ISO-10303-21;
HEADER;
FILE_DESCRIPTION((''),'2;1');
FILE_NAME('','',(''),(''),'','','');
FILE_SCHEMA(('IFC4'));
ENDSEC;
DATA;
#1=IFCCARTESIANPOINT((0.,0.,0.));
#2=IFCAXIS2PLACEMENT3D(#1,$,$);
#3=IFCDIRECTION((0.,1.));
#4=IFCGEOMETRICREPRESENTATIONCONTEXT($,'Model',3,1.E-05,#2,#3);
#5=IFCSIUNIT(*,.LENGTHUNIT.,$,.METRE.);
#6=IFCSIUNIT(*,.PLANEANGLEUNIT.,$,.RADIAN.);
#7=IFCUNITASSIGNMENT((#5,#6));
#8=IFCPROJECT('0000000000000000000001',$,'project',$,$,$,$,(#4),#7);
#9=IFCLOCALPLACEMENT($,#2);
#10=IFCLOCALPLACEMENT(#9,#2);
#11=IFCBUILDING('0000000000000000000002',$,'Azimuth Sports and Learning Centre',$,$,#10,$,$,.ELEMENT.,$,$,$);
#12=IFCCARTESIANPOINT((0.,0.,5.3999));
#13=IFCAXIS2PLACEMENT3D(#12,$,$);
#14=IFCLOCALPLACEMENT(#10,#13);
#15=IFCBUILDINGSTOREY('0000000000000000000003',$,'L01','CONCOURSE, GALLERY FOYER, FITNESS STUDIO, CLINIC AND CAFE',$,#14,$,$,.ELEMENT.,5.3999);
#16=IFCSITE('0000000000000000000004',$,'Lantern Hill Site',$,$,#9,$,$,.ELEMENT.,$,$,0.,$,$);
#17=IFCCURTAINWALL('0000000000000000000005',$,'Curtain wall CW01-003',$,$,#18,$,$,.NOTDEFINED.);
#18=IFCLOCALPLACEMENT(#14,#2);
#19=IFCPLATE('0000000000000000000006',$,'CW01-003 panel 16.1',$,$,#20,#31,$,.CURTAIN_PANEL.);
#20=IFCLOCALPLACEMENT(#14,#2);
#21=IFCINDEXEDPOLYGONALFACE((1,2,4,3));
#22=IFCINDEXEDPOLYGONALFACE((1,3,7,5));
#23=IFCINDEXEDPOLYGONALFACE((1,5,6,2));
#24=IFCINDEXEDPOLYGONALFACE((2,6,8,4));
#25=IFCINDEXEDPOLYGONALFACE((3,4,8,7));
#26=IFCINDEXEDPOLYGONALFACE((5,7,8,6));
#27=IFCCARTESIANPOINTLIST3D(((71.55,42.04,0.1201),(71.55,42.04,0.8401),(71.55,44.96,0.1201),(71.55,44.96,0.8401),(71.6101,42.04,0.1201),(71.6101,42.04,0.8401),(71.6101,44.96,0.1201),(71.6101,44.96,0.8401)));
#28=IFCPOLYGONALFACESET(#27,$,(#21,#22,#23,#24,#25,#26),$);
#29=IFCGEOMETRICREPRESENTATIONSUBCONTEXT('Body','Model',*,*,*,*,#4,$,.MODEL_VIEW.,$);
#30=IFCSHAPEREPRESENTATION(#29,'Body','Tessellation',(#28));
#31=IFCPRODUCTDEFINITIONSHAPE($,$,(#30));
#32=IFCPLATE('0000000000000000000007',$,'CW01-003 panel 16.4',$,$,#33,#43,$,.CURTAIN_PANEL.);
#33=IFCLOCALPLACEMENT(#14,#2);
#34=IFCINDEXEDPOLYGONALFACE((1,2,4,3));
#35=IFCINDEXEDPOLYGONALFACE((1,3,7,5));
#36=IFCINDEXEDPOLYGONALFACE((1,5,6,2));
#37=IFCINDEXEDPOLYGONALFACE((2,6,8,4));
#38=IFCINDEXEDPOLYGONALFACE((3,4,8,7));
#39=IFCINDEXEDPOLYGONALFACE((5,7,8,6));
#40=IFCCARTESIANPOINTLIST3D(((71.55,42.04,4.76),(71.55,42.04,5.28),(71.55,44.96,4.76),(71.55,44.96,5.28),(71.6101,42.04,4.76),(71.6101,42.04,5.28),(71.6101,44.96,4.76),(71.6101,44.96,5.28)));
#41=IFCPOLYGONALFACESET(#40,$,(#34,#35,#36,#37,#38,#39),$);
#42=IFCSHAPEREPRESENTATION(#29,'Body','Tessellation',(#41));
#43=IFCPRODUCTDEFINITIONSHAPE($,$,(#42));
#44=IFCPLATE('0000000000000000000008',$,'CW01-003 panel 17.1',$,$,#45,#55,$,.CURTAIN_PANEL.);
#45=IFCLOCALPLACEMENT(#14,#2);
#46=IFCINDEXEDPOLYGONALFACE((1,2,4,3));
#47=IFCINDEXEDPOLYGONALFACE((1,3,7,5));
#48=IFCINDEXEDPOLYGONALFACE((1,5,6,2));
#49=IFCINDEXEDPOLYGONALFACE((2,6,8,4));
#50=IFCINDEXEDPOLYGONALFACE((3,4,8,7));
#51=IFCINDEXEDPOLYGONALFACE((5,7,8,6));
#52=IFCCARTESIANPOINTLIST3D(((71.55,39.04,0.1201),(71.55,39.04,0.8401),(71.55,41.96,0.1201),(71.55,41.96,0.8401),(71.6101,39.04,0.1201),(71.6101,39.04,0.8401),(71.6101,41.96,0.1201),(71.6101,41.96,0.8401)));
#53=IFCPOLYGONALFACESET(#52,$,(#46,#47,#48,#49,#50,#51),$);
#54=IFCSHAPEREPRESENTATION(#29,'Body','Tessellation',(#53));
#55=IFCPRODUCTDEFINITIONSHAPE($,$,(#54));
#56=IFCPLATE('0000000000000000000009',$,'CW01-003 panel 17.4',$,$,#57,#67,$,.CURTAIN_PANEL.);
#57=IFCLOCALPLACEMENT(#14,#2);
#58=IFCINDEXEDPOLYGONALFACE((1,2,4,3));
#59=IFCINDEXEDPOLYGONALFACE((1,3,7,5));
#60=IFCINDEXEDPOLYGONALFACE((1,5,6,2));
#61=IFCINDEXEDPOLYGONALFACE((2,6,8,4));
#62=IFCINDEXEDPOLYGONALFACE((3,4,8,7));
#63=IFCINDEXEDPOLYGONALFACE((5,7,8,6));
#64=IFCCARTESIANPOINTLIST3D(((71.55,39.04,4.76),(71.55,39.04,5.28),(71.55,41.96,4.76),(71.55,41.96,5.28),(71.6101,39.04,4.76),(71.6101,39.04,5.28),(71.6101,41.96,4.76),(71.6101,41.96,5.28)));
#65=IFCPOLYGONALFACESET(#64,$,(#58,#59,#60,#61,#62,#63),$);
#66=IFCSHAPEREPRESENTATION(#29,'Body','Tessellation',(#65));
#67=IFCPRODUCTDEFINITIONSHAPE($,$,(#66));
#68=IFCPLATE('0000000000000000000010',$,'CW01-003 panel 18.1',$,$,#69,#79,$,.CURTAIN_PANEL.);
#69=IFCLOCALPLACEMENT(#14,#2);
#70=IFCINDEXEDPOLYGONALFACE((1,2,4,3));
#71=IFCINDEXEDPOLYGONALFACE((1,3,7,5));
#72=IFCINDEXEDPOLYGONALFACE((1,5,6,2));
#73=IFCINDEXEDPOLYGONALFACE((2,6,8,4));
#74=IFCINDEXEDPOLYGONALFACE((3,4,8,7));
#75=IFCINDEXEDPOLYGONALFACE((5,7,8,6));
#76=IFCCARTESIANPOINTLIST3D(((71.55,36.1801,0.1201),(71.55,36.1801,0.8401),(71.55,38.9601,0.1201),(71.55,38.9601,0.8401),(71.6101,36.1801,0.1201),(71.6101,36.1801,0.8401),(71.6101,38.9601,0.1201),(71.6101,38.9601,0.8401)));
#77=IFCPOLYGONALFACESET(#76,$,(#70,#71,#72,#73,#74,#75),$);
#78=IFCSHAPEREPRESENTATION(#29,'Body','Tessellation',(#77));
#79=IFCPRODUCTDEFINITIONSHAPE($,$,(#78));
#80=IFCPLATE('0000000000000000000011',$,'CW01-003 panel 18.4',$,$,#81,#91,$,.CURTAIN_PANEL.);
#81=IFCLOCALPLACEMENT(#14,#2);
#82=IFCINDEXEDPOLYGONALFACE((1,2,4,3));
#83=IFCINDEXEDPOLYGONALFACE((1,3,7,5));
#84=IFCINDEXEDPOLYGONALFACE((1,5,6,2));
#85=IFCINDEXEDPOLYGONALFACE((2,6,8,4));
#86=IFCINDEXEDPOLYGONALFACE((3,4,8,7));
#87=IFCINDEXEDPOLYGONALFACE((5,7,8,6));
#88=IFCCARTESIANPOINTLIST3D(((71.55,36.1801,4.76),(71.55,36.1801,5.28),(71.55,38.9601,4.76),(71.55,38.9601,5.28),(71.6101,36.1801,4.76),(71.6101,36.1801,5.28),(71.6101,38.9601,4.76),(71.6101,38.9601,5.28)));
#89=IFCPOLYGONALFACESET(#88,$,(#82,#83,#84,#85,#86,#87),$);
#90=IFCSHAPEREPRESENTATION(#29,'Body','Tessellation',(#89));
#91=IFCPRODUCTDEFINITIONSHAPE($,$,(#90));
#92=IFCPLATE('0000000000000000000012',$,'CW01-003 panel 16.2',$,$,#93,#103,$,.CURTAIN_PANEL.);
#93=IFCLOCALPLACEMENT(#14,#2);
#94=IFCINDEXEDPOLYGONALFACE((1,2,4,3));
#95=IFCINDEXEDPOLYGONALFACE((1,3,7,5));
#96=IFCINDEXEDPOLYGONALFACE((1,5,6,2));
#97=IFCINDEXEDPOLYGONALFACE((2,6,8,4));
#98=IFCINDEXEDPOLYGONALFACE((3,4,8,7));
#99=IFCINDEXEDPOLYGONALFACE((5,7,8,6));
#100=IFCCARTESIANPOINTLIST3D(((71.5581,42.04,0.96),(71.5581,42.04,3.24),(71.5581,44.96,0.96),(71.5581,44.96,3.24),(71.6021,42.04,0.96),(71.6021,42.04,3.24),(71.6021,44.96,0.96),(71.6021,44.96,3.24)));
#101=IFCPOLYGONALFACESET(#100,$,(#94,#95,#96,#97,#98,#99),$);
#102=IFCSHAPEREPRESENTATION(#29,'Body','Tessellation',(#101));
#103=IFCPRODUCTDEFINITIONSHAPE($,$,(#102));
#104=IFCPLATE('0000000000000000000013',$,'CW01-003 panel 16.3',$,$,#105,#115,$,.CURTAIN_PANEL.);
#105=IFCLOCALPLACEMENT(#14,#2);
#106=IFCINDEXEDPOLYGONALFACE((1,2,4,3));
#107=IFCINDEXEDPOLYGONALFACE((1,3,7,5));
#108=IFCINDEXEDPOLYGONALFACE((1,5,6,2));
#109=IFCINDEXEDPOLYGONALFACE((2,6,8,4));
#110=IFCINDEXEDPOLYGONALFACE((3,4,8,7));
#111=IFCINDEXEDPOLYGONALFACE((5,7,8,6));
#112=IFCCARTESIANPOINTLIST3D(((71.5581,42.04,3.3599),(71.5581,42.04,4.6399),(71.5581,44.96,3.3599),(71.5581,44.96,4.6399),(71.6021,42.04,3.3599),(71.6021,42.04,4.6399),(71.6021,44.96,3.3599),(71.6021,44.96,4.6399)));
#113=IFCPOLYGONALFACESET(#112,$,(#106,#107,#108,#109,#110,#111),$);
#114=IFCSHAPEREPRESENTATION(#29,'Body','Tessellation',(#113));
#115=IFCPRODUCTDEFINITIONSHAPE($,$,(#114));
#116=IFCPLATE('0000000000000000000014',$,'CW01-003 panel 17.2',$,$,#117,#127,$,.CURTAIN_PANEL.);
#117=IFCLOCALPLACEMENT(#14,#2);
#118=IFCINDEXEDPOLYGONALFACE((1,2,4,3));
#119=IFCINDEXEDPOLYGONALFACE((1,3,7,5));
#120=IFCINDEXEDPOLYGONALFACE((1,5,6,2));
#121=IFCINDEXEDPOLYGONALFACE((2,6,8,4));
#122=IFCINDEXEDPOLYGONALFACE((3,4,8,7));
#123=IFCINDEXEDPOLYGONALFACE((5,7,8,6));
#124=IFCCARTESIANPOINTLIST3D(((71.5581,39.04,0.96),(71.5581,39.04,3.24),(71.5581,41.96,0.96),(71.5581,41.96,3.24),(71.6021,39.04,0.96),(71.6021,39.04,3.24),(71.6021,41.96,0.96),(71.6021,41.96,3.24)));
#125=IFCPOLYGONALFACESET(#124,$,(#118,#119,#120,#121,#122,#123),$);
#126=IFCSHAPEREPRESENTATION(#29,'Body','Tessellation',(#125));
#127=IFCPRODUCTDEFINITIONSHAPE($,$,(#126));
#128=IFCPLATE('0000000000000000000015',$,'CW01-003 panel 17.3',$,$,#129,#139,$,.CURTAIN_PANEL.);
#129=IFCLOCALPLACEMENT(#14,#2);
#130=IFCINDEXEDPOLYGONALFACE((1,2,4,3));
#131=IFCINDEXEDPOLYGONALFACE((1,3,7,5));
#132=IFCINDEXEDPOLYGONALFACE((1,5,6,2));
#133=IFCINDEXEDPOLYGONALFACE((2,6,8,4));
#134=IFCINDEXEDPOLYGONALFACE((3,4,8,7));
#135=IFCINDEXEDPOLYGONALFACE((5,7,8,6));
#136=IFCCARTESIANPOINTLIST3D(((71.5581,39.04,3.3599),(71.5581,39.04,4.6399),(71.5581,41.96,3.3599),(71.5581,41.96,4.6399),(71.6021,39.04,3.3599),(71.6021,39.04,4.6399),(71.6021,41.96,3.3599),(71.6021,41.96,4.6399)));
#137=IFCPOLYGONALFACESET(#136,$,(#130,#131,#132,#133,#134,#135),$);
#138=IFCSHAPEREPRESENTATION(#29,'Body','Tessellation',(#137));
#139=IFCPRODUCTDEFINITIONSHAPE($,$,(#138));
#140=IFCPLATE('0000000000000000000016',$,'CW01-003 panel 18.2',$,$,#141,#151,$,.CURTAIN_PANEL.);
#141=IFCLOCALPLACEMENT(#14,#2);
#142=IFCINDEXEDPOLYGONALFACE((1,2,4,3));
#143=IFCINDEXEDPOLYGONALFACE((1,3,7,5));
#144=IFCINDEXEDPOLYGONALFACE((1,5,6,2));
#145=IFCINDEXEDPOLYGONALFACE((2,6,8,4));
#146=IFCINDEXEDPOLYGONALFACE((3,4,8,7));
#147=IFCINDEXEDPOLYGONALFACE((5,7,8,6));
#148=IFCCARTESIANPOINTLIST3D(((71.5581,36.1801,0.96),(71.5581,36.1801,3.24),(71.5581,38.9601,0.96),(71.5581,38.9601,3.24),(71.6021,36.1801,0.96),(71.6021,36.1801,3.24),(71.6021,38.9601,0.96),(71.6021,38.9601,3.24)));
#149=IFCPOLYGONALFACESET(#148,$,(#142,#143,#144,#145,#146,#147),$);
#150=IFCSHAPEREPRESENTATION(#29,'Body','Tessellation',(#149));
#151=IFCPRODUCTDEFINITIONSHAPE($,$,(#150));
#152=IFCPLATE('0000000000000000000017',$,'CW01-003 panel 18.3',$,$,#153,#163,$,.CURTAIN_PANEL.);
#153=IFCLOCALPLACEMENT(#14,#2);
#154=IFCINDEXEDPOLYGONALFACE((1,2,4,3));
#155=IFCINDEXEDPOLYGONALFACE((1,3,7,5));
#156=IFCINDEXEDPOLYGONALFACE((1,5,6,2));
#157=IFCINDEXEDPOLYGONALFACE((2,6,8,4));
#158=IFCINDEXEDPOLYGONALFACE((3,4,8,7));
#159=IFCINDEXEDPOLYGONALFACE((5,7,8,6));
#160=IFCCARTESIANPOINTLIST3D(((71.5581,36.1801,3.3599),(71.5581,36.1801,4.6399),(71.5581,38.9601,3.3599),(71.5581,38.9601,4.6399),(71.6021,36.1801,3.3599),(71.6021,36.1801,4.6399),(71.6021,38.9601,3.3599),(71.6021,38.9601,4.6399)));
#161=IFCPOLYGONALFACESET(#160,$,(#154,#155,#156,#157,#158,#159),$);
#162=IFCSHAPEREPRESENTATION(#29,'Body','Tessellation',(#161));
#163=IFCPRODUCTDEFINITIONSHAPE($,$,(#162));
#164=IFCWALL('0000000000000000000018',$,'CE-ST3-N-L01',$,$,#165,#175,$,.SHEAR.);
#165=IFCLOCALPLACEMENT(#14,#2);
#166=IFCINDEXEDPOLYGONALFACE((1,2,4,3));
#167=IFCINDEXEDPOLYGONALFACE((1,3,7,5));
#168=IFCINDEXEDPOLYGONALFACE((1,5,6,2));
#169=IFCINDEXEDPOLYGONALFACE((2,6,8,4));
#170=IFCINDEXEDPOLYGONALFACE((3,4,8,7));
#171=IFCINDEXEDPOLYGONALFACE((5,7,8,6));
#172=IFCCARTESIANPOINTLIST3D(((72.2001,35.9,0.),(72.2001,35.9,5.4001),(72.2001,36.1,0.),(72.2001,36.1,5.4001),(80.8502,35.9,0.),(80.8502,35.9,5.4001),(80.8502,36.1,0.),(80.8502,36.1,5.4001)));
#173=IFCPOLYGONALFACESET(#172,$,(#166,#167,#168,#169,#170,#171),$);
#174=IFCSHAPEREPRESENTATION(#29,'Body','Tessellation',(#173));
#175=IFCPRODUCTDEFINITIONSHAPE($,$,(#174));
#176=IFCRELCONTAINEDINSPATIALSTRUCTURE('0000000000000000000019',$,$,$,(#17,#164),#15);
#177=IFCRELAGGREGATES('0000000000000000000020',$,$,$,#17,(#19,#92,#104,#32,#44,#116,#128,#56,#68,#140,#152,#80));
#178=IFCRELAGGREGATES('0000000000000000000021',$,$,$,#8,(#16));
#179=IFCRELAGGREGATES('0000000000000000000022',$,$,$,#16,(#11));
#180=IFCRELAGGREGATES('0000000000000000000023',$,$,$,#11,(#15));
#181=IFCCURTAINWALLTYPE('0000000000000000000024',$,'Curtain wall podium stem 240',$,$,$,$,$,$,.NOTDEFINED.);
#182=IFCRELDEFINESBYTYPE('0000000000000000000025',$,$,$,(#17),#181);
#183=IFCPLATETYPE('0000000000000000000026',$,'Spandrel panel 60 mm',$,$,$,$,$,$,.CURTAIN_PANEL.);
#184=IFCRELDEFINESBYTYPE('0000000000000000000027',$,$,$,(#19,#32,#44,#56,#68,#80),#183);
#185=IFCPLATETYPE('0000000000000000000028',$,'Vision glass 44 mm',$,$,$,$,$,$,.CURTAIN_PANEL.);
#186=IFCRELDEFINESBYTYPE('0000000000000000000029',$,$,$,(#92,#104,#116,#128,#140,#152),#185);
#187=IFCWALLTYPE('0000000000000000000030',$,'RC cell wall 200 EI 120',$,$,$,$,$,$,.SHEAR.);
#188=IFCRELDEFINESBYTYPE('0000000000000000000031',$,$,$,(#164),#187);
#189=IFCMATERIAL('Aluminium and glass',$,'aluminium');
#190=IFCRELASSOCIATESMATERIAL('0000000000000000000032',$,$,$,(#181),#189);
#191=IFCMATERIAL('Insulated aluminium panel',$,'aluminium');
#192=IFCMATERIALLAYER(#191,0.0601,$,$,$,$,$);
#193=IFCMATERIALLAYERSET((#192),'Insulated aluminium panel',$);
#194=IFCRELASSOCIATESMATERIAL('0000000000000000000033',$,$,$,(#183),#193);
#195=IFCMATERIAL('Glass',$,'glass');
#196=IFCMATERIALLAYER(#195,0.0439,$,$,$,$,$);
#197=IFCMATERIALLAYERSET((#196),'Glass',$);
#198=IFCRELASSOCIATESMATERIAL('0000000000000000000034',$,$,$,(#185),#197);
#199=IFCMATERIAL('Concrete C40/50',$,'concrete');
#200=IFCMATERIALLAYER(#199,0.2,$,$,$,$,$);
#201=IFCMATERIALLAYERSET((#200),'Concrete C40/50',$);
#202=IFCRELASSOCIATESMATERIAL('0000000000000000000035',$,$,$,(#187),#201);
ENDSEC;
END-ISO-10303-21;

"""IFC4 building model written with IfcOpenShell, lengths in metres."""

from ifc_helpers import new_model, si_unit, direction, frame, frame_2d, origin, origin_2d, place, context, subcontext, project, spatial, rectangle, extrude, material, layer, layer_set, type_object, element, aggregate, save


model = new_model("IFC4")

# Units and contexts
model_context = context("Model", 3, precision=1e-05, world=origin(), true_north=direction((0.0, 1.0)))
body_context = subcontext(model_context, "Body", "Model", "MODEL_VIEW")
ifc_project = project(units=[si_unit("LENGTHUNIT", "METRE"), si_unit("PLANEANGLEUNIT", "RADIAN")], contexts=[model_context])

# Site, building, storey
site_placement = place(None, origin())
site = spatial("IfcSite", under=ifc_project, at=site_placement, Name="Lantern Hill Site", CompositionType="ELEMENT", RefElevation=0.0)
building_placement = place(site_placement, origin())
building = spatial("IfcBuilding", under=site, at=building_placement, Name="Azimuth Sports and Learning Centre", CompositionType="ELEMENT")
storey_placement = place(building_placement, frame((0.0, 0.0, 5.3999)))
storey = spatial("IfcBuildingStorey", under=building, at=storey_placement, Name="L01", Description="CONCOURSE, GALLERY FOYER, FITNESS STUDIO, CLINIC AND CAFE", CompositionType="ELEMENT", Elevation=5.3999)

# Curtain wall, plates
ifc_material_1 = material(Name="Aluminium and glass", Category="aluminium")
curtain_wall_type = type_object("IfcCurtainWallType", Name="Curtain wall podium stem 240", PredefinedType="NOTDEFINED", material=ifc_material_1)
curtain_wall_placement = place(storey_placement, origin())
curtain_wall = element("IfcCurtainWall", 1, at=curtain_wall_placement, inside=storey, type_object=curtain_wall_type, Name="Curtain wall CW01-003", PredefinedType="NOTDEFINED")
ifc_material_2 = material(Name="Insulated aluminium panel", Category="aluminium")
ifc_layer_1 = layer(ifc_material_2, 0.0601)
ifc_layer_set_1 = layer_set([ifc_layer_1], Name="Insulated aluminium panel")
plate_type_1 = type_object("IfcPlateType", Name="Spandrel panel 60 mm", PredefinedType="CURTAIN_PANEL", material=ifc_layer_set_1)
plate_1_placement = place(storey_placement, frame((71.5801, 43.5, 0.1201), z_axis=(0.0, 0.0, 1.0), x_axis=(0.0, -1.0, 0.0)))
plate_1 = element("IfcPlate", 2, at=plate_1_placement, type_object=plate_type_1, Name="CW01-003 panel 16.1", PredefinedType="CURTAIN_PANEL", context=body_context, shape_type="SweptSolid", body=[
    extrude(rectangle(XDim=2.9199, YDim=0.0601, at=origin_2d()), origin(), (0.0, 0.0, 1.0), 0.72),
])
plate_2_placement = place(storey_placement, frame((71.5801, 43.5, 4.76), z_axis=(0.0, 0.0, 1.0), x_axis=(0.0, -1.0, 0.0)))
plate_2 = element("IfcPlate", 3, at=plate_2_placement, type_object=plate_type_1, Name="CW01-003 panel 16.4", PredefinedType="CURTAIN_PANEL", context=body_context, shape_type="SweptSolid", body=[
    extrude(rectangle(XDim=2.9199, YDim=0.0601, at=origin_2d()), origin(), (0.0, 0.0, 1.0), 0.52),
])
plate_3_placement = place(storey_placement, frame((71.5801, 40.5, 0.1201), z_axis=(0.0, 0.0, 1.0), x_axis=(0.0, -1.0, 0.0)))
plate_3 = element("IfcPlate", 4, at=plate_3_placement, type_object=plate_type_1, Name="CW01-003 panel 17.1", PredefinedType="CURTAIN_PANEL", context=body_context, shape_type="SweptSolid", body=[
    extrude(rectangle(XDim=2.9199, YDim=0.0601, at=origin_2d()), origin(), (0.0, 0.0, 1.0), 0.72),
])
plate_4_placement = place(storey_placement, frame((71.5801, 40.5, 4.76), z_axis=(0.0, 0.0, 1.0), x_axis=(0.0, -1.0, 0.0)))
plate_4 = element("IfcPlate", 5, at=plate_4_placement, type_object=plate_type_1, Name="CW01-003 panel 17.4", PredefinedType="CURTAIN_PANEL", context=body_context, shape_type="SweptSolid", body=[
    extrude(rectangle(XDim=2.9199, YDim=0.0601, at=origin_2d()), origin(), (0.0, 0.0, 1.0), 0.52),
])
plate_5_placement = place(storey_placement, frame((71.5801, 37.5701, 0.1201), z_axis=(0.0, 0.0, 1.0), x_axis=(0.0, -1.0, 0.0)))
plate_5 = element("IfcPlate", 6, at=plate_5_placement, type_object=plate_type_1, Name="CW01-003 panel 18.1", PredefinedType="CURTAIN_PANEL", context=body_context, shape_type="SweptSolid", body=[
    extrude(rectangle(XDim=2.78, YDim=0.0601, at=origin_2d()), origin(), (0.0, 0.0, 1.0), 0.72),
])
plate_6_placement = place(storey_placement, frame((71.5801, 37.5701, 4.76), z_axis=(0.0, 0.0, 1.0), x_axis=(0.0, -1.0, 0.0)))
plate_6 = element("IfcPlate", 7, at=plate_6_placement, type_object=plate_type_1, Name="CW01-003 panel 18.4", PredefinedType="CURTAIN_PANEL", context=body_context, shape_type="SweptSolid", body=[
    extrude(rectangle(XDim=2.78, YDim=0.0601, at=origin_2d()), origin(), (0.0, 0.0, 1.0), 0.52),
])
ifc_material_3 = material(Name="Glass", Category="glass")
ifc_layer_2 = layer(ifc_material_3, 0.0439)
ifc_layer_set_2 = layer_set([ifc_layer_2], Name="Glass")
plate_type_2 = type_object("IfcPlateType", Name="Vision glass 44 mm", PredefinedType="CURTAIN_PANEL", material=ifc_layer_set_2)
plate_7_placement = place(storey_placement, frame((71.5801, 43.5, 0.96), z_axis=(0.0, 0.0, 1.0), x_axis=(0.0, -1.0, 0.0)))
plate_7 = element("IfcPlate", 8, at=plate_7_placement, type_object=plate_type_2, Name="CW01-003 panel 16.2", PredefinedType="CURTAIN_PANEL", context=body_context, shape_type="SweptSolid", body=[
    extrude(rectangle(XDim=2.9199, YDim=0.0439, at=origin_2d()), origin(), (0.0, 0.0, 1.0), 2.28),
])
plate_8_placement = place(storey_placement, frame((71.5801, 43.5, 3.3599), z_axis=(0.0, 0.0, 1.0), x_axis=(0.0, -1.0, 0.0)))
plate_8 = element("IfcPlate", 9, at=plate_8_placement, type_object=plate_type_2, Name="CW01-003 panel 16.3", PredefinedType="CURTAIN_PANEL", context=body_context, shape_type="SweptSolid", body=[
    extrude(rectangle(XDim=2.9199, YDim=0.0439, at=origin_2d()), origin(), (0.0, 0.0, 1.0), 1.28),
])
plate_9_placement = place(storey_placement, frame((71.5801, 40.5, 0.96), z_axis=(0.0, 0.0, 1.0), x_axis=(0.0, -1.0, 0.0)))
plate_9 = element("IfcPlate", 10, at=plate_9_placement, type_object=plate_type_2, Name="CW01-003 panel 17.2", PredefinedType="CURTAIN_PANEL", context=body_context, shape_type="SweptSolid", body=[
    extrude(rectangle(XDim=2.9199, YDim=0.0439, at=origin_2d()), origin(), (0.0, 0.0, 1.0), 2.28),
])
plate_10_placement = place(storey_placement, frame((71.5801, 40.5, 3.3599), z_axis=(0.0, 0.0, 1.0), x_axis=(0.0, -1.0, 0.0)))
plate_10 = element("IfcPlate", 11, at=plate_10_placement, type_object=plate_type_2, Name="CW01-003 panel 17.3", PredefinedType="CURTAIN_PANEL", context=body_context, shape_type="SweptSolid", body=[
    extrude(rectangle(XDim=2.9199, YDim=0.0439, at=origin_2d()), origin(), (0.0, 0.0, 1.0), 1.28),
])
plate_11_placement = place(storey_placement, frame((71.5801, 37.5701, 0.96), z_axis=(0.0, 0.0, 1.0), x_axis=(0.0, -1.0, 0.0)))
plate_11 = element("IfcPlate", 12, at=plate_11_placement, type_object=plate_type_2, Name="CW01-003 panel 18.2", PredefinedType="CURTAIN_PANEL", context=body_context, shape_type="SweptSolid", body=[
    extrude(rectangle(XDim=2.78, YDim=0.0439, at=origin_2d()), origin(), (0.0, 0.0, 1.0), 2.28),
])
plate_12_placement = place(storey_placement, frame((71.5801, 37.5701, 3.3599), z_axis=(0.0, 0.0, 1.0), x_axis=(0.0, -1.0, 0.0)))
plate_12 = element("IfcPlate", 13, at=plate_12_placement, type_object=plate_type_2, Name="CW01-003 panel 18.3", PredefinedType="CURTAIN_PANEL", context=body_context, shape_type="SweptSolid", body=[
    extrude(rectangle(XDim=2.78, YDim=0.0439, at=origin_2d()), origin(), (0.0, 0.0, 1.0), 1.28),
])
aggregate(curtain_wall, [plate_1, plate_7, plate_8, plate_2, plate_3, plate_9, plate_10, plate_4, plate_5, plate_11, plate_12, plate_6])

# Wall
ifc_material_4 = material(Name="Concrete C40/50", Category="concrete")
ifc_layer_3 = layer(ifc_material_4, 0.2)
ifc_layer_set_3 = layer_set([ifc_layer_3], Name="Concrete C40/50")
wall_type = type_object("IfcWallType", Name="RC cell wall 200 EI 120", PredefinedType="SHEAR", material=ifc_layer_set_3)
wall_placement = place(storey_placement, frame((72.2, 36.0, 0.0), z_axis=(0.0, 0.0, 1.0), x_axis=(1.0, 0.0, 0.0)))
element("IfcWall", 14, at=wall_placement, inside=storey, type_object=wall_type, Name="CE-ST3-N-L01", PredefinedType="SHEAR", context=body_context, shape_type="SweptSolid", body=[
    extrude(rectangle(XDim=8.6501, YDim=0.2, at=frame_2d((4.3252, 0.0))), origin(), (0.0, 0.0, 1.0), 5.4001),
])

save(model, "model.ifc")
